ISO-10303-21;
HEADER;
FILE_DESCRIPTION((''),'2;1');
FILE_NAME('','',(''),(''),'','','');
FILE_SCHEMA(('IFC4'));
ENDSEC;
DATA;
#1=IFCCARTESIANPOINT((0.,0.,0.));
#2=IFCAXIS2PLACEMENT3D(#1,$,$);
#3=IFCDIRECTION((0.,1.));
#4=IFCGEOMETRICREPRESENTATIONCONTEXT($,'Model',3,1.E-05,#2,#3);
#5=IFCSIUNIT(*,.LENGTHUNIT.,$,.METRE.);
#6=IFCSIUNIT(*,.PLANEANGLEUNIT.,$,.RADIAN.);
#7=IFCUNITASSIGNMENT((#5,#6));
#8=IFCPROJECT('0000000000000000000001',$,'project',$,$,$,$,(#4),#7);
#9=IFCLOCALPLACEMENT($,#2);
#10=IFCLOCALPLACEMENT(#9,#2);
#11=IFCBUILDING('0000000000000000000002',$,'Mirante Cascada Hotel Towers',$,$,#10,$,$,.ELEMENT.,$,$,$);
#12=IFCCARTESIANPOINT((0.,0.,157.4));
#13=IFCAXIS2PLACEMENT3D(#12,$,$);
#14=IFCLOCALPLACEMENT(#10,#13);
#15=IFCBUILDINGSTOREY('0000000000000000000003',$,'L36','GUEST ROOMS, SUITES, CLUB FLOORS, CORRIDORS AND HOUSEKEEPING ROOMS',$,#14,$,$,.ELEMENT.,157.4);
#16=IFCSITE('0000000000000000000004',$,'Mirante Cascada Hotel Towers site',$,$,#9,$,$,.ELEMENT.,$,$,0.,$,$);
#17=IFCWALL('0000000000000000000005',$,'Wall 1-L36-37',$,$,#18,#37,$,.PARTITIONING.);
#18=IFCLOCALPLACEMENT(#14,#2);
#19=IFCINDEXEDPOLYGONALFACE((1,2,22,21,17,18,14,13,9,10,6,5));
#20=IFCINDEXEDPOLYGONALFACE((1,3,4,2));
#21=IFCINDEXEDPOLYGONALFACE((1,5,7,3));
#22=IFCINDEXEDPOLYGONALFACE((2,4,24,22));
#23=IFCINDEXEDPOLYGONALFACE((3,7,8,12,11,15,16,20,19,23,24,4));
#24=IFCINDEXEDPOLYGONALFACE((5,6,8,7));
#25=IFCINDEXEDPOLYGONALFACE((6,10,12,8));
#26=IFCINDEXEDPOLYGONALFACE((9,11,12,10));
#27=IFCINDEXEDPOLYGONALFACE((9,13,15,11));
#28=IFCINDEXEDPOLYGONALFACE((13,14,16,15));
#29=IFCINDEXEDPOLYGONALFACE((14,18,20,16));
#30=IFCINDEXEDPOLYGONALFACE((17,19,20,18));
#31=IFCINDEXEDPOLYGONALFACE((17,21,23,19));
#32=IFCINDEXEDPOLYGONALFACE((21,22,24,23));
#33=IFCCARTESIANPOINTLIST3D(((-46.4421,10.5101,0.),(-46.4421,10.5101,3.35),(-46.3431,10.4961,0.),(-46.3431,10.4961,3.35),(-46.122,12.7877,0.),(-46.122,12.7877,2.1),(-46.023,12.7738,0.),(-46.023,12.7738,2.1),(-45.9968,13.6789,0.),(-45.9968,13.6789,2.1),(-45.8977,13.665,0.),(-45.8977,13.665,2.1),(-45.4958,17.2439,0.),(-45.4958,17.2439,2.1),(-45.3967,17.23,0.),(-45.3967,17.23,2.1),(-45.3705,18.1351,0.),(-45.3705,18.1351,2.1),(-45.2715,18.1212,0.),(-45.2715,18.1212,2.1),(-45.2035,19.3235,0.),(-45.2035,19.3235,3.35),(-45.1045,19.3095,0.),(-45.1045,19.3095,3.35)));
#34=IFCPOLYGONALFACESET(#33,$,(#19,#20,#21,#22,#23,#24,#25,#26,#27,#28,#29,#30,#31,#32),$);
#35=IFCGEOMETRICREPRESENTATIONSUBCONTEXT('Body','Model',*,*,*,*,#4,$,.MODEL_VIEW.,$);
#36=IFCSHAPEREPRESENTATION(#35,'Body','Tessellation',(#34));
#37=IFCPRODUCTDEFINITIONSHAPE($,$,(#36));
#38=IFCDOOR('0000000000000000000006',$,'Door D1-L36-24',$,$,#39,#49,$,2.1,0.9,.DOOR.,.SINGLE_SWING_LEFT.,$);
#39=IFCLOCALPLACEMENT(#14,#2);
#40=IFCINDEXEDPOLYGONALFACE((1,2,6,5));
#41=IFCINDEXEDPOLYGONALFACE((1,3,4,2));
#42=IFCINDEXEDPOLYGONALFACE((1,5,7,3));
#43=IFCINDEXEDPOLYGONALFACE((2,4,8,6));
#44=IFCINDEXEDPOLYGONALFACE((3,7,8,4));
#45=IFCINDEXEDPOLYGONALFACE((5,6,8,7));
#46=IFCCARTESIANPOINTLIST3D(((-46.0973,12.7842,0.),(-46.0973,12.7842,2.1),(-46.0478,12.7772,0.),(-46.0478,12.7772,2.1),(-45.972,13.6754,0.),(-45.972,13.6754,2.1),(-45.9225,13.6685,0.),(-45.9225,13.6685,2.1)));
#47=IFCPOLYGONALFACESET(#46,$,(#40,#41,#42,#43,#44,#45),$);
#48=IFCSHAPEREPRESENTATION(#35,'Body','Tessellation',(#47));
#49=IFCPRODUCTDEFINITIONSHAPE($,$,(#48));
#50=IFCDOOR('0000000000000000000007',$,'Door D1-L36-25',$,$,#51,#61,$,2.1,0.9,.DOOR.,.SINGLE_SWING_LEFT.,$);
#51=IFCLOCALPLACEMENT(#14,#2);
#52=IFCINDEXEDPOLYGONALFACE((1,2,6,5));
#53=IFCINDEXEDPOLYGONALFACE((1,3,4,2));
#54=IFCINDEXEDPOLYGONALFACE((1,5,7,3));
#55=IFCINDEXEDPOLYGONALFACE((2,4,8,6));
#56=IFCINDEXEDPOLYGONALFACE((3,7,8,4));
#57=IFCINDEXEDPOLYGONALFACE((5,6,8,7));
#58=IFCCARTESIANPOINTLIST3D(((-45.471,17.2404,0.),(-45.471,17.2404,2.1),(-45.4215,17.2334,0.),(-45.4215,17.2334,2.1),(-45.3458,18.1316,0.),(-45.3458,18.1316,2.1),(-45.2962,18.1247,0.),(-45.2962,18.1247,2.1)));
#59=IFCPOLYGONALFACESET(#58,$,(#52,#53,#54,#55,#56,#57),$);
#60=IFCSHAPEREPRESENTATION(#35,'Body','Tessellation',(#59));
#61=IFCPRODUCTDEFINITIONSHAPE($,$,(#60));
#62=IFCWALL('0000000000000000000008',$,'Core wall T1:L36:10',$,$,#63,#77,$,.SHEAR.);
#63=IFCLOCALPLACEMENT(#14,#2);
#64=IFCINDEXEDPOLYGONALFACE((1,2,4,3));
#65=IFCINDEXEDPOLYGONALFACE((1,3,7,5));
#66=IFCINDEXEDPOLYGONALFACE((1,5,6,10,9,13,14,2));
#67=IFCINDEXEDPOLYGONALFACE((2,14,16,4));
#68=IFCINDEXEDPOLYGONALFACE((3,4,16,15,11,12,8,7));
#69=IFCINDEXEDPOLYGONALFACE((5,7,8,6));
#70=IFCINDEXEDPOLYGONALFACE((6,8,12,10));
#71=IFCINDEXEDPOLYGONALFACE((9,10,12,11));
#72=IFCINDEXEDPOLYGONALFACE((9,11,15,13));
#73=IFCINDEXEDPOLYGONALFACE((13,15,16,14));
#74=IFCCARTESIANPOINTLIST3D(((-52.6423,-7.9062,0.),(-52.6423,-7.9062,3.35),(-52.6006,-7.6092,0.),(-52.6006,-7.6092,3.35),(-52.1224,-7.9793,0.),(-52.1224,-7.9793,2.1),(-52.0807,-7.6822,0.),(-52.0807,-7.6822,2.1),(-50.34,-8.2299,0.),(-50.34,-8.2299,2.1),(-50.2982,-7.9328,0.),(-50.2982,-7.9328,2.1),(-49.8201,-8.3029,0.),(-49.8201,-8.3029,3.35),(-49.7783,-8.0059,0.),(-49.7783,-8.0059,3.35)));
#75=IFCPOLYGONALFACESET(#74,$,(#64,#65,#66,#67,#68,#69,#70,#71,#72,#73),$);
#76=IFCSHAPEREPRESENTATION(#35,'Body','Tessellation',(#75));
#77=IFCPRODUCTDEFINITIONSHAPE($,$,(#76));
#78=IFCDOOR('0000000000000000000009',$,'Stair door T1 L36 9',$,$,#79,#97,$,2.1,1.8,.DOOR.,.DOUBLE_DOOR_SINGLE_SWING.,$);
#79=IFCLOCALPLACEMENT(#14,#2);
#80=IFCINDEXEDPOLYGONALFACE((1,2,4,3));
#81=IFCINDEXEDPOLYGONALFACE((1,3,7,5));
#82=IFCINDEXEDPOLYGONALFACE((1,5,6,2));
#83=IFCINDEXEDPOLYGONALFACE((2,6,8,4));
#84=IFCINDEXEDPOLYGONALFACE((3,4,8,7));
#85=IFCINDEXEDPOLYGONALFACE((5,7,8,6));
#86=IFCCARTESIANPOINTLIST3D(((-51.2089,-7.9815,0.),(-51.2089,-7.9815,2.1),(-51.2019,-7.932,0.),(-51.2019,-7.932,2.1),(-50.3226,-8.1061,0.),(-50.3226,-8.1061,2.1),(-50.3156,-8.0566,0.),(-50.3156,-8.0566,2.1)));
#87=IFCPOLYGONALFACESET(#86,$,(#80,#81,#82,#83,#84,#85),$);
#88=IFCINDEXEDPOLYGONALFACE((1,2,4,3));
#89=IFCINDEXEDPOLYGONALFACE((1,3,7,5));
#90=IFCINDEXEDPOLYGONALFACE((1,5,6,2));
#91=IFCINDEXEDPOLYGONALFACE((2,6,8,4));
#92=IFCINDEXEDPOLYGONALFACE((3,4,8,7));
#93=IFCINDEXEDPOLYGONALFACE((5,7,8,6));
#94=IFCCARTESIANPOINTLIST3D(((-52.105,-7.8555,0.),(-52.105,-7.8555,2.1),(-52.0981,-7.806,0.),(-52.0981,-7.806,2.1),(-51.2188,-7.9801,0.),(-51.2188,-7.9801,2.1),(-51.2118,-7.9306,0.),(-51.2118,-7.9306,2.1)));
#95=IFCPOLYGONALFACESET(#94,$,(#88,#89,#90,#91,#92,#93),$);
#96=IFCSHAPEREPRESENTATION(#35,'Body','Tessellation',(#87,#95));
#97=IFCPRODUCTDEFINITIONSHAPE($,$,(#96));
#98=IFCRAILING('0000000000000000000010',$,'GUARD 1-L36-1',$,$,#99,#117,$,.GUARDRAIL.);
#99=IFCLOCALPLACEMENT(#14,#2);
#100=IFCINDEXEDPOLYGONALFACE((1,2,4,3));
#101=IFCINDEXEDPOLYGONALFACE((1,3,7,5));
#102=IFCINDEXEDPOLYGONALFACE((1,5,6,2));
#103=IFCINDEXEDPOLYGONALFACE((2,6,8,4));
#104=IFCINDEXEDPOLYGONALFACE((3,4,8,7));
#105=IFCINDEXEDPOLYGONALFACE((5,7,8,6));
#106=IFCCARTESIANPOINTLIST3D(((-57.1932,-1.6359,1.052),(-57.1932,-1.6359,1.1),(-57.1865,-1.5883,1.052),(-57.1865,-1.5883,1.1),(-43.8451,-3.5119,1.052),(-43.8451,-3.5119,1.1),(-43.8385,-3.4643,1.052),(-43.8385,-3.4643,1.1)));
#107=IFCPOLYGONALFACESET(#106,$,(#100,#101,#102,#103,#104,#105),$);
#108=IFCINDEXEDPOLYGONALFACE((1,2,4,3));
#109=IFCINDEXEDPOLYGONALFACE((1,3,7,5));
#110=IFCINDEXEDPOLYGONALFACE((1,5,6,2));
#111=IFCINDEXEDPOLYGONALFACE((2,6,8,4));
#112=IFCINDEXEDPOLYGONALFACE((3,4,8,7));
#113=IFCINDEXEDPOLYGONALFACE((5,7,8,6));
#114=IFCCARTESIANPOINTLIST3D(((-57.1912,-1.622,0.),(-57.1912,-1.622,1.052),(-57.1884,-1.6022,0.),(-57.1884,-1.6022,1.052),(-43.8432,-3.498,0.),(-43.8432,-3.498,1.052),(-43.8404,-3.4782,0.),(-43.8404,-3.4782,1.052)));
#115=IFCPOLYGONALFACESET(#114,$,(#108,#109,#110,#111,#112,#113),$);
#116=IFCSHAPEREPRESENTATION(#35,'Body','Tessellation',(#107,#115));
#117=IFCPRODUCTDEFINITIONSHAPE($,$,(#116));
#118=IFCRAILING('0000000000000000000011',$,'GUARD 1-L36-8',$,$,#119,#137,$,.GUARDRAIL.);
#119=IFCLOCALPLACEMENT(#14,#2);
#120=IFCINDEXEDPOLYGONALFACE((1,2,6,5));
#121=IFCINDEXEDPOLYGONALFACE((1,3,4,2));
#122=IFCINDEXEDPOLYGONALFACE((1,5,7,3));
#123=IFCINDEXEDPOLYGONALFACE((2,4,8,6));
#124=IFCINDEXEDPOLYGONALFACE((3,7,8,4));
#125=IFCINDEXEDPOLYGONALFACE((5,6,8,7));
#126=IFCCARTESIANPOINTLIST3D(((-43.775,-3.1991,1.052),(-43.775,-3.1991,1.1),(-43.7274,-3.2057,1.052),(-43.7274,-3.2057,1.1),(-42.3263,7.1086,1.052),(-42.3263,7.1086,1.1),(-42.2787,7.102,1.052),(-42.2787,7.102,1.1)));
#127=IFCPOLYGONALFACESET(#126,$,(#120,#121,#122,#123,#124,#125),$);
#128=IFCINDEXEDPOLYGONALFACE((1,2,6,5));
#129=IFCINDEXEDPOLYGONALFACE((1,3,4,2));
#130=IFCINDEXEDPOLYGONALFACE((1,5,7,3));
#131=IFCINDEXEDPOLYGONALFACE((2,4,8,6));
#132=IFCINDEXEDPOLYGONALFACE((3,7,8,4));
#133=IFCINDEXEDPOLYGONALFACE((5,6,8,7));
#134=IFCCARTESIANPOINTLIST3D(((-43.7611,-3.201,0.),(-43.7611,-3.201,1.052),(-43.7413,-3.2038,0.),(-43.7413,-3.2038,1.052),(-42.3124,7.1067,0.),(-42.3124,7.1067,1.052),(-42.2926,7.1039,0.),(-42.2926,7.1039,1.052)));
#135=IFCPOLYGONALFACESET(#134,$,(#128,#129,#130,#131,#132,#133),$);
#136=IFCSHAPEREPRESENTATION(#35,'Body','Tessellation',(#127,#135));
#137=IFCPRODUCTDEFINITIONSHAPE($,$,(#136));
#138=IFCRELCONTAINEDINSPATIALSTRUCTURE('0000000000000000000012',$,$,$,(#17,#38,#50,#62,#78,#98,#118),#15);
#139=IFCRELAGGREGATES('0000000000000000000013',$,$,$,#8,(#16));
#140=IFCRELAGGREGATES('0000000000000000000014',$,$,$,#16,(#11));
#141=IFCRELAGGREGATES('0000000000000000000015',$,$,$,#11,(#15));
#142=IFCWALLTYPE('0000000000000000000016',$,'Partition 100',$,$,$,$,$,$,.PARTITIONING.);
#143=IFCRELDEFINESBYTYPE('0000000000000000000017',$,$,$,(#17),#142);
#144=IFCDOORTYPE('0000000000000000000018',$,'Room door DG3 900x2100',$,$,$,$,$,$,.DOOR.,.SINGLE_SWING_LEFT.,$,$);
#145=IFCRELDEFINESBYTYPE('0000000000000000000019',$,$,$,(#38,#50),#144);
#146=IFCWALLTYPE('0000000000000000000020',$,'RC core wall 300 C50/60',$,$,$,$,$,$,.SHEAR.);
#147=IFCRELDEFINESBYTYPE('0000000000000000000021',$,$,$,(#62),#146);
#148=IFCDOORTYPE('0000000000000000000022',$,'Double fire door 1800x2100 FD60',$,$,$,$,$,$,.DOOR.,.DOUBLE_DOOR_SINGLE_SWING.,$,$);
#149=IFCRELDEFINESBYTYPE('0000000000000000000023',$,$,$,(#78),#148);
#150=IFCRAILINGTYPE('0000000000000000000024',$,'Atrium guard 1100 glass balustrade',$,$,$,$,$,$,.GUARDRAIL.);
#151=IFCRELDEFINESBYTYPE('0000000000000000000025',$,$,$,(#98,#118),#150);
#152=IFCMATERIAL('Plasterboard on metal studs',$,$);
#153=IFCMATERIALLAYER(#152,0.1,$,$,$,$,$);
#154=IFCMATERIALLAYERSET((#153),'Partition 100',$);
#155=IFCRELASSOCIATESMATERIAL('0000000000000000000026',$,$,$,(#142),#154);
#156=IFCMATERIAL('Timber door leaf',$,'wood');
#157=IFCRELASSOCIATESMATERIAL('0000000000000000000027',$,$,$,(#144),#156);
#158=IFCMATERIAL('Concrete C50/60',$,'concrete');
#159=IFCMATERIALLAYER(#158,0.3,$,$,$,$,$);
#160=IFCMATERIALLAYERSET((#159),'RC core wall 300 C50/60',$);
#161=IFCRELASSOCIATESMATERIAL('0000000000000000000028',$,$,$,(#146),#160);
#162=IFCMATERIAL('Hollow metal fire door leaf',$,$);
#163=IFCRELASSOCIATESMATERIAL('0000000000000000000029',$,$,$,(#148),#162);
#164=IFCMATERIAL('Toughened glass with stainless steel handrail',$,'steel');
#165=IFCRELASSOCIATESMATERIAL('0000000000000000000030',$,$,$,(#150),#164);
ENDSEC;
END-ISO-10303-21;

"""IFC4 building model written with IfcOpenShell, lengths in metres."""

from ifc_helpers import new_model, si_unit, direction, frame, frame_2d, origin, origin_2d, place, context, subcontext, project, spatial, rectangle, extrude, material, layer, layer_set, type_object, element, fill, save


model = new_model("IFC4")

# Units and contexts
model_context = context("Model", 3, precision=1e-05, world=origin(), true_north=direction((0.0, 1.0)))
body_context = subcontext(model_context, "Body", "Model", "MODEL_VIEW")
ifc_project = project(units=[si_unit("LENGTHUNIT", "METRE"), si_unit("PLANEANGLEUNIT", "RADIAN")], contexts=[model_context])

# Site, building, storey
site_placement = place(None, origin())
site = spatial("IfcSite", under=ifc_project, at=site_placement, Name="Mirante Cascada Hotel Towers site", CompositionType="ELEMENT", RefElevation=0.0)
building_placement = place(site_placement, origin())
building = spatial("IfcBuilding", under=site, at=building_placement, Name="Mirante Cascada Hotel Towers", CompositionType="ELEMENT")
storey_placement = place(building_placement, frame((0.0, 0.0, 157.4)))
storey = spatial("IfcBuildingStorey", under=building, at=storey_placement, Name="L36", Description="GUEST ROOMS, SUITES, CLUB FLOORS, CORRIDORS AND HOUSEKEEPING ROOMS", CompositionType="ELEMENT", Elevation=157.4)

# Shared definitions
ifc_material_1 = material(Name="Plasterboard on metal studs")
ifc_layer_1 = layer(ifc_material_1, 0.1)
ifc_layer_set_1 = layer_set([ifc_layer_1], Name="Partition 100")
wall_type_1 = type_object("IfcWallType", Name="Partition 100", PredefinedType="PARTITIONING", material=ifc_layer_set_1)
ifc_material_2 = material(Name="Timber door leaf", Category="wood")
door_type_1 = type_object("IfcDoorType", Name="Room door DG3 900x2100", OperationType="SINGLE_SWING_LEFT", PredefinedType="DOOR", material=ifc_material_2)

# Wall, openings, doors
wall_1_placement = place(storey_placement, frame((-46.3926, 10.5031, 0.0), z_axis=(0.0, 0.0, 1.0), x_axis=(0.139168, 0.990269, 0.0)))
wall_1 = element("IfcWall", 1, at=wall_1_placement, inside=storey, type_object=wall_type_1, Name="Wall 1-L36-37", PredefinedType="PARTITIONING", context=body_context, shape_type="SweptSolid", body=[
    extrude(rectangle(XDim=8.9, YDim=0.1, at=frame_2d((4.45, 0.0))), origin(), (0.0, 0.0, 1.0), 3.35),
])
opening_1_placement = place(wall_1_placement, frame((2.3, 0.0, 0.0)))
opening_1 = element("IfcOpeningElement", 2, at=opening_1_placement, cuts=wall_1, PredefinedType="OPENING", context=body_context, shape_type="SweptSolid", body=[
    extrude(rectangle(XDim=0.9, YDim=2.1, at=frame_2d((0.45, 1.05))), frame((0.0, 0.05, 0.0), z_axis=(0.0, -1.0, 0.0), x_axis=(1.0, 0.0, 0.0)), (0.0, 0.0, 1.0), 0.1),
])
opening_2_placement = place(wall_1_placement, frame((6.8, 0.0, 0.0)))
opening_2 = element("IfcOpeningElement", 3, at=opening_2_placement, cuts=wall_1, PredefinedType="OPENING", context=body_context, shape_type="SweptSolid", body=[
    extrude(rectangle(XDim=0.9, YDim=2.1, at=frame_2d((0.45, 1.05))), frame((0.0, 0.05, 0.0), z_axis=(0.0, -1.0, 0.0), x_axis=(1.0, 0.0, 0.0)), (0.0, 0.0, 1.0), 0.1),
])
door_1_placement = place(opening_1_placement, origin())
door_1 = element("IfcDoor", 4, at=door_1_placement, inside=storey, type_object=door_type_1, Name="Door D1-L36-24", OperationType="SINGLE_SWING_LEFT", OverallHeight=2.1, OverallWidth=0.9, PredefinedType="DOOR", context=body_context, shape_type="SweptSolid", body=[
    extrude(rectangle(XDim=0.9, YDim=2.1, at=frame_2d((0.45, 1.05))), frame((0.0, 0.025, 0.0), z_axis=(0.0, -1.0, 0.0), x_axis=(1.0, 0.0, 0.0)), (0.0, 0.0, 1.0), 0.05),
])
fill(opening_1, door_1)
door_2_placement = place(opening_2_placement, origin())
door_2 = element("IfcDoor", 5, at=door_2_placement, inside=storey, type_object=door_type_1, Name="Door D1-L36-25", OperationType="SINGLE_SWING_LEFT", OverallHeight=2.1, OverallWidth=0.9, PredefinedType="DOOR", context=body_context, shape_type="SweptSolid", body=[
    extrude(rectangle(XDim=0.9, YDim=2.1, at=frame_2d((0.45, 1.05))), frame((0.0, 0.025, 0.0), z_axis=(0.0, -1.0, 0.0), x_axis=(1.0, 0.0, 0.0)), (0.0, 0.0, 1.0), 0.05),
])
fill(opening_2, door_2)

# Wall, opening, door
ifc_material_3 = material(Name="Concrete C50/60", Category="concrete")
ifc_layer_2 = layer(ifc_material_3, 0.3)
ifc_layer_set_2 = layer_set([ifc_layer_2], Name="RC core wall 300 C50/60")
wall_type_2 = type_object("IfcWallType", Name="RC core wall 300 C50/60", PredefinedType="SHEAR", material=ifc_layer_set_2)
wall_2_placement = place(storey_placement, frame((-49.7992, -8.1544, 0.0), z_axis=(0.0, 0.0, 1.0), x_axis=(-0.990266, 0.139191, 0.0)))
wall_2 = element("IfcWall", 6, at=wall_2_placement, inside=storey, type_object=wall_type_2, Name="Core wall T1:L36:10", PredefinedType="SHEAR", context=body_context, shape_type="SweptSolid", body=[
    extrude(rectangle(XDim=2.85, YDim=0.3, at=frame_2d((1.425, 0.0))), origin(), (0.0, 0.0, 1.0), 3.35),
])
opening_3_placement = place(wall_2_placement, frame((0.525, 0.0, 0.0)))
opening_3 = element("IfcOpeningElement", 7, at=opening_3_placement, cuts=wall_2, PredefinedType="OPENING", context=body_context, shape_type="SweptSolid", body=[
    extrude(rectangle(XDim=1.8, YDim=2.1, at=frame_2d((0.9, 1.05))), frame((0.0, 0.15, 0.0), z_axis=(0.0, -1.0, 0.0), x_axis=(1.0, 0.0, 0.0)), (0.0, 0.0, 1.0), 0.3),
])
ifc_material_4 = material(Name="Hollow metal fire door leaf")
door_type_2 = type_object("IfcDoorType", Name="Double fire door 1800x2100 FD60", OperationType="DOUBLE_DOOR_SINGLE_SWING", PredefinedType="DOOR", material=ifc_material_4)
door_3_placement = place(opening_3_placement, origin())
door_3 = element("IfcDoor", 8, at=door_3_placement, inside=storey, type_object=door_type_2, Name="Stair door T1 L36 9", OperationType="DOUBLE_DOOR_SINGLE_SWING", OverallHeight=2.1, OverallWidth=1.8, PredefinedType="DOOR", context=body_context, shape_type="SweptSolid", body=[
    extrude(rectangle(XDim=0.895, YDim=2.1, at=frame_2d((0.4475, 1.05))), frame((0.0, 0.025, 0.0), z_axis=(0.0, -1.0, 0.0), x_axis=(1.0, 0.0, 0.0)), (0.0, 0.0, 1.0), 0.05),
    extrude(rectangle(XDim=0.895, YDim=2.1, at=frame_2d((1.3525, 1.05))), frame((0.0, 0.025, 0.0), z_axis=(0.0, -1.0, 0.0), x_axis=(1.0, 0.0, 0.0)), (0.0, 0.0, 1.0), 0.05),
])
fill(opening_3, door_3)

# Railings
ifc_material_5 = material(Name="Toughened glass with stainless steel handrail", Category="steel")
railing_type = type_object("IfcRailingType", Name="Atrium guard 1100 glass balustrade", PredefinedType="GUARDRAIL", material=ifc_material_5)
railing_1_placement = place(storey_placement, frame((-43.8418, -3.4881, 0.0)))
element("IfcRailing", 9, at=railing_1_placement, inside=storey, type_object=railing_type, Name="GUARD 1-L36-1", PredefinedType="GUARDRAIL", context=body_context, shape_type="SweptSolid", body=[
    extrude(rectangle(XDim=0.048, YDim=0.048, at=origin_2d()), frame((0.0, 0.0, 1.076), z_axis=(-0.990267, 0.139178, 0.0), x_axis=(-0.139178, -0.990267, 0.0)), (0.0, 0.0, 1.0), 13.4792),
    extrude(rectangle(XDim=0.02, YDim=1.052, at=origin_2d()), frame((0.0, 0.0, 0.526), z_axis=(-0.990267, 0.139178, 0.0), x_axis=(-0.139178, -0.990267, 0.0)), (0.0, 0.0, 1.0), 13.4792),
])
railing_2_placement = place(storey_placement, frame((-43.7512, -3.2024, 0.0)))
element("IfcRailing", 10, at=railing_2_placement, inside=storey, type_object=railing_type, Name="GUARD 1-L36-8", PredefinedType="GUARDRAIL", context=body_context, shape_type="SweptSolid", body=[
    extrude(rectangle(XDim=0.048, YDim=0.048, at=origin_2d()), frame((0.0, 0.0, 1.076), z_axis=(0.139178, 0.990267, 0.0), x_axis=(-0.990267, 0.139178, 0.0)), (0.0, 0.0, 1.0), 10.409),
    extrude(rectangle(XDim=0.02, YDim=1.052, at=origin_2d()), frame((0.0, 0.0, 0.526), z_axis=(0.139178, 0.990267, 0.0), x_axis=(-0.990267, 0.139178, 0.0)), (0.0, 0.0, 1.0), 10.409),
])

save(model, "model.ifc")
